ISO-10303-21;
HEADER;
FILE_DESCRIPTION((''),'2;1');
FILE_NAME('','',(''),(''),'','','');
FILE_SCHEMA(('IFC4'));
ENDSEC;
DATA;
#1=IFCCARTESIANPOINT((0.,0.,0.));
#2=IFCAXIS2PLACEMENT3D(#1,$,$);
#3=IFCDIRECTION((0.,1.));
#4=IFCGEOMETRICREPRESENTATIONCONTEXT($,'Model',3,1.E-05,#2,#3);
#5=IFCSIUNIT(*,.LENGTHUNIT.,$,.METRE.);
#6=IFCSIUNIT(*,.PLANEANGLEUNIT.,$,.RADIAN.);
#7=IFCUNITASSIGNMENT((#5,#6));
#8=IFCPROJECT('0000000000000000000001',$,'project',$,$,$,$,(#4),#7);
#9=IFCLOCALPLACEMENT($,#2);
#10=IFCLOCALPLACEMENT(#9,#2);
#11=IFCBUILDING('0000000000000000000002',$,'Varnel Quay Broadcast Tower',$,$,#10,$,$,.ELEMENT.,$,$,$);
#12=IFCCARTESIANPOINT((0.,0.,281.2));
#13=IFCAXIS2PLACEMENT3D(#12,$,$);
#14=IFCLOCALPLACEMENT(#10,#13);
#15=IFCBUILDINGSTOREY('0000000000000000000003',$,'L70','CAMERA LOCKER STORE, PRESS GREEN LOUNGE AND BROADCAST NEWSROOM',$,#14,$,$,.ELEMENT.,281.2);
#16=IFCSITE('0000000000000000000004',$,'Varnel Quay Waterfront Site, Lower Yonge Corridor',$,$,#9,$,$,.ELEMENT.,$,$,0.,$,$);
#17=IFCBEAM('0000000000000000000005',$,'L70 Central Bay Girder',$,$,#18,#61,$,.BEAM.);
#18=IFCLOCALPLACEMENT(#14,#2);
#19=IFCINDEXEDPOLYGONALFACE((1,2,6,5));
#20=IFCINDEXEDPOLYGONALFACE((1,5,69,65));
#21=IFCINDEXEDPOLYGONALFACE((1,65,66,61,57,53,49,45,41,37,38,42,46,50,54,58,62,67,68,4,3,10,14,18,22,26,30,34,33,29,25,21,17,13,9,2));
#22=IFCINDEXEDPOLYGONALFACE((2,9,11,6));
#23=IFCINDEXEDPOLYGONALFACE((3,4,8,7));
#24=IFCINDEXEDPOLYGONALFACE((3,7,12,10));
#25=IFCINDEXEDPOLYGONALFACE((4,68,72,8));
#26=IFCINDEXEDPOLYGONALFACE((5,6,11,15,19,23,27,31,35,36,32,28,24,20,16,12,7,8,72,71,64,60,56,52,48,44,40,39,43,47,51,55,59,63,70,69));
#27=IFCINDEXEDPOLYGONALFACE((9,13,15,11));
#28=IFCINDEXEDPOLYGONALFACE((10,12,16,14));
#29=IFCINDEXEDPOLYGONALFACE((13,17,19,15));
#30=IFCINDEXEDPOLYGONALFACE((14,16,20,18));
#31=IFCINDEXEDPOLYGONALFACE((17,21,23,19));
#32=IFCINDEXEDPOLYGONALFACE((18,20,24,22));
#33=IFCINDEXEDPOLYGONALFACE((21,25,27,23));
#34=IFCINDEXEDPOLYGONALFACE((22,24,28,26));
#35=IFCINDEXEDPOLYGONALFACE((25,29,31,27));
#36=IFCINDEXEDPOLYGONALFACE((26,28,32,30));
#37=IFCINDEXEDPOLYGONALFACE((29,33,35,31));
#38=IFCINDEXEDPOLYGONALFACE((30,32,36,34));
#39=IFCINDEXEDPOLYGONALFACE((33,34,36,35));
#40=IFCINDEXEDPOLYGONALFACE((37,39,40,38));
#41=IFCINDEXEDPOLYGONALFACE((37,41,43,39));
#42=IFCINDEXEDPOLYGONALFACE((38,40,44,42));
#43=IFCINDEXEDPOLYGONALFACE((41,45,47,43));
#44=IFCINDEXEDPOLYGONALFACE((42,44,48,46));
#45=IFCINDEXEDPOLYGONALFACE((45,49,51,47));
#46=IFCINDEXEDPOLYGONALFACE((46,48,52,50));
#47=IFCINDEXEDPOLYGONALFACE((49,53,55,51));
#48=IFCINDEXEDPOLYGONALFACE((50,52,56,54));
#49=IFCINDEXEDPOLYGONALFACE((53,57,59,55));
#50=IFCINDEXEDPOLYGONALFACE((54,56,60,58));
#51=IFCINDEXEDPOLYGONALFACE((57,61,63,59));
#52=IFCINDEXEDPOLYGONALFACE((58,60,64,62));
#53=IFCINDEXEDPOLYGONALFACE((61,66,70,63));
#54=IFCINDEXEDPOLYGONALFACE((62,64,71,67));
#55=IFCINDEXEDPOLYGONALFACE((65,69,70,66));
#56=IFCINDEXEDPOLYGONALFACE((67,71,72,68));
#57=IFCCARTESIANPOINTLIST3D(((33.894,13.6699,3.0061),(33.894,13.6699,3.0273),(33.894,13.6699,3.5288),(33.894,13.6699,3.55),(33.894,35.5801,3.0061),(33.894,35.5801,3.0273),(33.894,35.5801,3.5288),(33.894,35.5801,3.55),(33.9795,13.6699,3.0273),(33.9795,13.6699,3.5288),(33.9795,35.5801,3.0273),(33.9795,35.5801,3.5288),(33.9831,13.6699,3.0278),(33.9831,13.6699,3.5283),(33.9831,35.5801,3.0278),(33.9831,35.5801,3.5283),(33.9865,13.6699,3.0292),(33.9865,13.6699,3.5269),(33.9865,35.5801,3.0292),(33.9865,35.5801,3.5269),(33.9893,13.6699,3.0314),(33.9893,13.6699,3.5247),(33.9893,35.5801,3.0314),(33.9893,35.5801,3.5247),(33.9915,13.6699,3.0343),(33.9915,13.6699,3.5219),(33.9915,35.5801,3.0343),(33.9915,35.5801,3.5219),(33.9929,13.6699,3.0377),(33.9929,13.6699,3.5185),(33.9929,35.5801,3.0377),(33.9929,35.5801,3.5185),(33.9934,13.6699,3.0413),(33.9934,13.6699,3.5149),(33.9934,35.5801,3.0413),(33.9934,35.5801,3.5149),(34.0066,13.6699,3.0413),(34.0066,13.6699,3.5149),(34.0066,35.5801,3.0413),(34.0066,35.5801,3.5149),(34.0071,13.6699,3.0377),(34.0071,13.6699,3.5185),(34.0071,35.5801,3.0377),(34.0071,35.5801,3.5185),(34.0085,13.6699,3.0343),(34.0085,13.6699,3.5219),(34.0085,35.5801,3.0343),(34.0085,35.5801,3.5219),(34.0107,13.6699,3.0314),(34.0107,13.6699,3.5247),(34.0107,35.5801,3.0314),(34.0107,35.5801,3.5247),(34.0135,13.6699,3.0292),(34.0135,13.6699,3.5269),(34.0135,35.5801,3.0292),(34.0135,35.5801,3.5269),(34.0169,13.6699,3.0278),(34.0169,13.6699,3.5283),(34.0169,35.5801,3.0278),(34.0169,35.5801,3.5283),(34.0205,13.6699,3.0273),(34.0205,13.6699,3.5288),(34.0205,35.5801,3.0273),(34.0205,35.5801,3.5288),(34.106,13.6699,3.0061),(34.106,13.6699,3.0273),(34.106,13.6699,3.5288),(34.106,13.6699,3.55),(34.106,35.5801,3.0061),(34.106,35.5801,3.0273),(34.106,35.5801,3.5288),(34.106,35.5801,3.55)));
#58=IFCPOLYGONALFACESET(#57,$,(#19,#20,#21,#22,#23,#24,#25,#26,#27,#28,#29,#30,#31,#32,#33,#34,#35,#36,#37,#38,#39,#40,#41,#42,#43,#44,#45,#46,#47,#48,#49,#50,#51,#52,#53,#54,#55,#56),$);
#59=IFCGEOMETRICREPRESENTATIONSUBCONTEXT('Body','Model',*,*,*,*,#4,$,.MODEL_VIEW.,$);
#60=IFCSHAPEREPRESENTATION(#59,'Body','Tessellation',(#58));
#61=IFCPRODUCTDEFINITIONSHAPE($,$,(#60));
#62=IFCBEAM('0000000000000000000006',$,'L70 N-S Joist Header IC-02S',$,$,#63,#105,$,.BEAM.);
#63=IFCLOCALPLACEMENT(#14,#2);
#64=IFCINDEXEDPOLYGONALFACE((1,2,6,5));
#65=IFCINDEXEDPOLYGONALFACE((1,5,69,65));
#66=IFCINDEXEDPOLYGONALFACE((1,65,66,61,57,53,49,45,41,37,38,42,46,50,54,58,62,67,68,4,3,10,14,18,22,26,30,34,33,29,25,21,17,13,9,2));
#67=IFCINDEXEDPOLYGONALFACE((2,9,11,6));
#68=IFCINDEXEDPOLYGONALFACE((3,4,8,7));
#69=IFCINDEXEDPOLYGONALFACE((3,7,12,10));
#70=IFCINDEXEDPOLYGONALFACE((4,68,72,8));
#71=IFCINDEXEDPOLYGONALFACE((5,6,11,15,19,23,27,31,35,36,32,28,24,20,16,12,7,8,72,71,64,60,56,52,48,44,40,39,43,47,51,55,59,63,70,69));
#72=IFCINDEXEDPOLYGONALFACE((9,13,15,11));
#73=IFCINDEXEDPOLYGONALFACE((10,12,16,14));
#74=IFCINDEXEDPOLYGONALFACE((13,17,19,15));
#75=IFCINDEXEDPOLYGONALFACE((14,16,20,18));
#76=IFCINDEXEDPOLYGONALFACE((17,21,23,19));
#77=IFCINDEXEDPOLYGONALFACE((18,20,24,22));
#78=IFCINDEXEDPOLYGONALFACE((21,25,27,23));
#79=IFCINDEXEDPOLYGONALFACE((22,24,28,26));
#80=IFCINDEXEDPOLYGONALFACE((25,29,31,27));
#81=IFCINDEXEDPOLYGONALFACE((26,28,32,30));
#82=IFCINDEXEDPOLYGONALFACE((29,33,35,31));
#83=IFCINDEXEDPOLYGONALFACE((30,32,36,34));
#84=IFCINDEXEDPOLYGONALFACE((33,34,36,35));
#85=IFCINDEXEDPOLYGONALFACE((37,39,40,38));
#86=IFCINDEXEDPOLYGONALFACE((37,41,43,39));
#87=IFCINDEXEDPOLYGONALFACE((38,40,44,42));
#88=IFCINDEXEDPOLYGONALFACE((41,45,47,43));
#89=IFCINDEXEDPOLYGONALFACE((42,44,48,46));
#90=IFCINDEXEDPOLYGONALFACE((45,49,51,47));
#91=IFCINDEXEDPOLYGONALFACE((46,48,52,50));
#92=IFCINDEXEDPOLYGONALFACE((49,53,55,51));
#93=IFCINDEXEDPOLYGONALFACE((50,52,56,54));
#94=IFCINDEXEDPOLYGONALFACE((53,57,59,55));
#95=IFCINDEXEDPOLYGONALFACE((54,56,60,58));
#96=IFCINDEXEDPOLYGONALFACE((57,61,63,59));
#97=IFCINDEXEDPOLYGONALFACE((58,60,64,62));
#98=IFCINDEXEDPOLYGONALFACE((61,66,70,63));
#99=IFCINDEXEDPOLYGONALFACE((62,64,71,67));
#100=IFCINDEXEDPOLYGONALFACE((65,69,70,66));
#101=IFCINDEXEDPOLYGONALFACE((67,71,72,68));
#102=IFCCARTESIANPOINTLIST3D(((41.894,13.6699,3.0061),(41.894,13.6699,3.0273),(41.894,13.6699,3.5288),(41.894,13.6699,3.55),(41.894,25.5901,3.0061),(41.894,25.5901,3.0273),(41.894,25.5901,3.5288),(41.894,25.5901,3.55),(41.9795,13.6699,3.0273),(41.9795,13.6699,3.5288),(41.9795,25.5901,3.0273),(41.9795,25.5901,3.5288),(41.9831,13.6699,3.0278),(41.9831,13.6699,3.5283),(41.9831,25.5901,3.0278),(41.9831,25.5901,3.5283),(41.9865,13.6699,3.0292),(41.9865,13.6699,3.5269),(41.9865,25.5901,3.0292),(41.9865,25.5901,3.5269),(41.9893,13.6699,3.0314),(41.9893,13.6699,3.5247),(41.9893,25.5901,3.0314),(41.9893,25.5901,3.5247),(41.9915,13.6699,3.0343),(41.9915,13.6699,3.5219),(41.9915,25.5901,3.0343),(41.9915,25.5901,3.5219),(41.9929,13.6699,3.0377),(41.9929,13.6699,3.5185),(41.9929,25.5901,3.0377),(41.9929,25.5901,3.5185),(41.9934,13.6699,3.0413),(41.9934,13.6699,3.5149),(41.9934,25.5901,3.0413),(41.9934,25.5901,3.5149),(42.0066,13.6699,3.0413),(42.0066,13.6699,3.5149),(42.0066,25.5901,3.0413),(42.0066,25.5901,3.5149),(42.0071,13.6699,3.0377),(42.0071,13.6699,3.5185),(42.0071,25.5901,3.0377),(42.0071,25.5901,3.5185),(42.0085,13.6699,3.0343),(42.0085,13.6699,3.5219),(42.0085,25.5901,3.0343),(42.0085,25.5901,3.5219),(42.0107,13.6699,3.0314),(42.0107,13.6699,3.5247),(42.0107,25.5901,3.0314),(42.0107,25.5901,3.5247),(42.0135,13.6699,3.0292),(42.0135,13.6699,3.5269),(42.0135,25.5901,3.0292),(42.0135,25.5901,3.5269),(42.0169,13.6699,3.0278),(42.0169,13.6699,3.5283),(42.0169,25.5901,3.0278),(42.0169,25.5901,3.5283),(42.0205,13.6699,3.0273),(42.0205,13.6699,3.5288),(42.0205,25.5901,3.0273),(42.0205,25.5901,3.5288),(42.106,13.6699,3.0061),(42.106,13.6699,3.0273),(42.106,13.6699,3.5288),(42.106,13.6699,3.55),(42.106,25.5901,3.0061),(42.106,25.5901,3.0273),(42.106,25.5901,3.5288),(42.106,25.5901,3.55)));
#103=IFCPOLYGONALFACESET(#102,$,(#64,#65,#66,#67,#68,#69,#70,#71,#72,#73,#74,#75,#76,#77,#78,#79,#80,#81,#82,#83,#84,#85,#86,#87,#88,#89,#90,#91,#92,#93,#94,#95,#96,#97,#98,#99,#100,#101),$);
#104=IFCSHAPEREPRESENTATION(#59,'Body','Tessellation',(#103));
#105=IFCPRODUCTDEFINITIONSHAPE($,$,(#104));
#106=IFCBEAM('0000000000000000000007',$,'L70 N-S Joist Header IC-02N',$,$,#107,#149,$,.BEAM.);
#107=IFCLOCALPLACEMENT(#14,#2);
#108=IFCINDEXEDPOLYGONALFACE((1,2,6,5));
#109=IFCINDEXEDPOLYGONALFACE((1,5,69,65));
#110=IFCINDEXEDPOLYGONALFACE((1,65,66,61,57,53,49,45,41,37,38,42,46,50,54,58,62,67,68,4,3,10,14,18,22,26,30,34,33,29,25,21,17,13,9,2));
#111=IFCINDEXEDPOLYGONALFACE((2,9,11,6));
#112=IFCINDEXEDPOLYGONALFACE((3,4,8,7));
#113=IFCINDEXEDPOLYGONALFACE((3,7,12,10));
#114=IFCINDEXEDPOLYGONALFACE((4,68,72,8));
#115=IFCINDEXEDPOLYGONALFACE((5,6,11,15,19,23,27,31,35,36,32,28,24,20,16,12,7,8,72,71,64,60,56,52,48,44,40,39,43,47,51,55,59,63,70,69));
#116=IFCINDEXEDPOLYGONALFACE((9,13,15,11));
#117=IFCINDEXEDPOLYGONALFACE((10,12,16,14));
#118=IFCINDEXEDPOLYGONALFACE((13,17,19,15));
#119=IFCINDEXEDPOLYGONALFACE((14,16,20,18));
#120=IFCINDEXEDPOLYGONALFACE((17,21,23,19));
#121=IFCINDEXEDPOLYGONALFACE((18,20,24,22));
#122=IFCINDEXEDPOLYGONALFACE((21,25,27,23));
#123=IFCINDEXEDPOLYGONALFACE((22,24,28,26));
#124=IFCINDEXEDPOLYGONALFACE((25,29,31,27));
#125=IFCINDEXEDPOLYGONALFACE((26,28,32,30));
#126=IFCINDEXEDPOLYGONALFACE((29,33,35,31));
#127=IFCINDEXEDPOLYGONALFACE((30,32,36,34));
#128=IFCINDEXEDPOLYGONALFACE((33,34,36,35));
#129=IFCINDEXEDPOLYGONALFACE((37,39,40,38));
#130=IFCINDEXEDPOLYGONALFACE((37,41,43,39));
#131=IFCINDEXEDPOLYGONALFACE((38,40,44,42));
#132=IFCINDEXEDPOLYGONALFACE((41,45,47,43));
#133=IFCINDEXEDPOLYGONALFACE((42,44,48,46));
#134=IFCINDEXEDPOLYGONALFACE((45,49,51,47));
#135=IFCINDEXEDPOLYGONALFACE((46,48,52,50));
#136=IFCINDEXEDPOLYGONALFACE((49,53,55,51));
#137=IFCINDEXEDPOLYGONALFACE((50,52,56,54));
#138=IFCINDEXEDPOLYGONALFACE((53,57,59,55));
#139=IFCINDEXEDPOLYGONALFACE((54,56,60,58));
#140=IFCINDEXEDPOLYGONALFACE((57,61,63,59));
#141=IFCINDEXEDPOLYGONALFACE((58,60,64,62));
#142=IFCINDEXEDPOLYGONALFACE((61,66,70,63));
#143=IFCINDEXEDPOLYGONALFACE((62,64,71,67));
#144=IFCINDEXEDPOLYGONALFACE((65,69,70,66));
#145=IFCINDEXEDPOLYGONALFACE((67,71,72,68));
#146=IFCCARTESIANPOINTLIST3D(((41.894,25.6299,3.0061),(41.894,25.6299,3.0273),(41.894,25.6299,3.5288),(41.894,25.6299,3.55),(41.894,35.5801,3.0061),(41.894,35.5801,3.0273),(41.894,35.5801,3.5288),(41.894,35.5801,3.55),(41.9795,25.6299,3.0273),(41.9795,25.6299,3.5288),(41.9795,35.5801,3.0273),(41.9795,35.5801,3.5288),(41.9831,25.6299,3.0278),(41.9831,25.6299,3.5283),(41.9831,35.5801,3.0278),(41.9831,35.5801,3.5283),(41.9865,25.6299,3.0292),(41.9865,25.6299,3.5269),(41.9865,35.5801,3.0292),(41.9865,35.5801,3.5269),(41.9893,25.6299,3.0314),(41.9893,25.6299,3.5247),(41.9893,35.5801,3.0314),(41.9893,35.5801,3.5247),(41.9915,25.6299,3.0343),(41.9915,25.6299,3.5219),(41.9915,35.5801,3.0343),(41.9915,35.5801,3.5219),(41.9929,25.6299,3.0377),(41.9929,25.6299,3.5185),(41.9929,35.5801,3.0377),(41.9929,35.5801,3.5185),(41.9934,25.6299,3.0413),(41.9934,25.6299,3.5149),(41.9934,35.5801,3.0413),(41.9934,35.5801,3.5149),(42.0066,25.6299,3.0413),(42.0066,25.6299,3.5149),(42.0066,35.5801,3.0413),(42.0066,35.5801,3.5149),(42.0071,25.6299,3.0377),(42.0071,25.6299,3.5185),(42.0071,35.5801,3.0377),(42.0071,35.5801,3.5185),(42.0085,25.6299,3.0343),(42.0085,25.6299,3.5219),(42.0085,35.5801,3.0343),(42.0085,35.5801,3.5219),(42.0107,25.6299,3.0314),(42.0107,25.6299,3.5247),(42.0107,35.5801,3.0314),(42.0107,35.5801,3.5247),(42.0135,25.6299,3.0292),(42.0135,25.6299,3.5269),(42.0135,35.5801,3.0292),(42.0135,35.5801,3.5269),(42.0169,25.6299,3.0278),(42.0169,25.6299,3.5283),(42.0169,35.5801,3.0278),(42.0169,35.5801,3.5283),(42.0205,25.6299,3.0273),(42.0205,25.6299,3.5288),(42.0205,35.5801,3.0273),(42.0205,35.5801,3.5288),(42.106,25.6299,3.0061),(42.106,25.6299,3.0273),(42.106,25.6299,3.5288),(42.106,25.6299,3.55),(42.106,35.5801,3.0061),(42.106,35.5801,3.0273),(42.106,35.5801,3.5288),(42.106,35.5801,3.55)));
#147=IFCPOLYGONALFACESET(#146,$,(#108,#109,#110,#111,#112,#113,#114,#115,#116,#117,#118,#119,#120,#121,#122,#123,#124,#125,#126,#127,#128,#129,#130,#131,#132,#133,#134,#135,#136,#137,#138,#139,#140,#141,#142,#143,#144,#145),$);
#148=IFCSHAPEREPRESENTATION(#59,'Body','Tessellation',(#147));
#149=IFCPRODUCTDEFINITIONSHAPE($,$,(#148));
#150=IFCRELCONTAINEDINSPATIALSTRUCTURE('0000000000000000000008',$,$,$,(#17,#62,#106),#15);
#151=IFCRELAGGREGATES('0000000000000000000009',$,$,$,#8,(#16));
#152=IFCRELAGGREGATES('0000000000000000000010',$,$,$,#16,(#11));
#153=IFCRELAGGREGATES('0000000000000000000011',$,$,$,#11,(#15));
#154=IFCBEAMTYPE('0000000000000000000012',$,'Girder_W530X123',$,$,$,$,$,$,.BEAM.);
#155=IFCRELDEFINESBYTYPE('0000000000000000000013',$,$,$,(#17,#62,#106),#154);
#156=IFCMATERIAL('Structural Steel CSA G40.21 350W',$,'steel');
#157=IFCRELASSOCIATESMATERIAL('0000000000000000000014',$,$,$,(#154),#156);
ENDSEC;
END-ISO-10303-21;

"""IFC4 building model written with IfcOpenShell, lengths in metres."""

from ifc_helpers import new_model, si_unit, direction, frame, origin, origin_2d, place, context, subcontext, project, spatial, i_section, extrude, source, transform, mapped, material, material_profile, profile_set, type_object, element, save


model = new_model("IFC4")

# Units and contexts
model_context = context("Model", 3, precision=1e-05, world=origin(), true_north=direction((0.0, 1.0)))
body_context = subcontext(model_context, "Body", "Model", "MODEL_VIEW")
ifc_project = project(units=[si_unit("LENGTHUNIT", "METRE"), si_unit("PLANEANGLEUNIT", "RADIAN")], contexts=[model_context])

# Site, building, storey
site_placement = place(None, origin())
site = spatial("IfcSite", under=ifc_project, at=site_placement, Name="Varnel Quay Waterfront Site, Lower Yonge Corridor", CompositionType="ELEMENT", RefElevation=0.0)
building_placement = place(site_placement, origin())
building = spatial("IfcBuilding", under=site, at=building_placement, Name="Varnel Quay Broadcast Tower", CompositionType="ELEMENT")
storey_placement = place(building_placement, frame((0.0, 0.0, 281.2)))
storey = spatial("IfcBuildingStorey", under=building, at=storey_placement, Name="L70", Description="CAMERA LOCKER STORE, PRESS GREEN LOUNGE AND BROADCAST NEWSROOM", CompositionType="ELEMENT", Elevation=281.2)

# Shared definitions
ifc_material_1 = material(Name="Structural Steel CSA G40.21 350W", Category="steel")

# Beams
ifc_material_profile_1 = material_profile(ifc_material_1, i_section(OverallWidth=0.2119, OverallDepth=0.5439, WebThickness=0.0132, FlangeThickness=0.0212, FilletRadius=0.0139, at=origin_2d()), Name="W530X123")
ifc_profile_set_1 = profile_set([ifc_material_profile_1], Name="Structural Steel CSA G40.21 350W")
beam_type_1 = type_object("IfcBeamType", Name="Girder_W530X123", PredefinedType="BEAM", material=ifc_profile_set_1)
shared_shape_1 = source(origin(), body_context, "Body", "SweptSolid", [
    extrude(i_section(OverallWidth=0.2119, OverallDepth=0.5439, WebThickness=0.0132, FlangeThickness=0.0212, FilletRadius=0.0139, at=origin_2d()), origin(), (0.0, 0.0, 1.0), 21.9102),
])
beam_1_placement = place(storey_placement, frame((34.0, 13.6699, 3.2781), z_axis=(0.0, 1.0, 0.0), x_axis=(-1.0, 0.0, 0.0)))
element("IfcBeam", 1, at=beam_1_placement, inside=storey, type_object=beam_type_1, Name="L70 Central Bay Girder", PredefinedType="BEAM", context=body_context, shape_type="MappedRepresentation", body=[
    mapped(shared_shape_1, transform((0.0, 0.0, 0.0), x_axis=(1.0, 0.0, 0.0), y_axis=(0.0, 1.0, 0.0), z_axis=(0.0, 0.0, 1.0), scale=1.0)),
])
shared_shape_2 = source(origin(), body_context, "Body", "SweptSolid", [
    extrude(i_section(OverallWidth=0.2119, OverallDepth=0.5439, WebThickness=0.0132, FlangeThickness=0.0212, FilletRadius=0.0139, at=origin_2d()), origin(), (0.0, 0.0, 1.0), 11.9202),
])
beam_2_placement = place(storey_placement, frame((42.0, 13.6699, 3.2781), z_axis=(0.0, 1.0, 0.0), x_axis=(-1.0, 0.0, 0.0)))
element("IfcBeam", 2, at=beam_2_placement, inside=storey, type_object=beam_type_1, Name="L70 N-S Joist Header IC-02S", PredefinedType="BEAM", context=body_context, shape_type="MappedRepresentation", body=[
    mapped(shared_shape_2, transform((0.0, 0.0, 0.0), x_axis=(1.0, 0.0, 0.0), y_axis=(0.0, 1.0, 0.0), z_axis=(0.0, 0.0, 1.0), scale=1.0)),
])
shared_shape_3 = source(origin(), body_context, "Body", "SweptSolid", [
    extrude(i_section(OverallWidth=0.2119, OverallDepth=0.5439, WebThickness=0.0132, FlangeThickness=0.0212, FilletRadius=0.0139, at=origin_2d()), origin(), (0.0, 0.0, 1.0), 9.9502),
])
beam_3_placement = place(storey_placement, frame((42.0, 25.6299, 3.2781), z_axis=(0.0, 1.0, 0.0), x_axis=(-1.0, 0.0, 0.0)))
element("IfcBeam", 3, at=beam_3_placement, inside=storey, type_object=beam_type_1, Name="L70 N-S Joist Header IC-02N", PredefinedType="BEAM", context=body_context, shape_type="MappedRepresentation", body=[
    mapped(shared_shape_3, transform((0.0, 0.0, 0.0), x_axis=(1.0, 0.0, 0.0), y_axis=(0.0, 1.0, 0.0), z_axis=(0.0, 0.0, 1.0), scale=1.0)),
])

save(model, "model.ifc")
